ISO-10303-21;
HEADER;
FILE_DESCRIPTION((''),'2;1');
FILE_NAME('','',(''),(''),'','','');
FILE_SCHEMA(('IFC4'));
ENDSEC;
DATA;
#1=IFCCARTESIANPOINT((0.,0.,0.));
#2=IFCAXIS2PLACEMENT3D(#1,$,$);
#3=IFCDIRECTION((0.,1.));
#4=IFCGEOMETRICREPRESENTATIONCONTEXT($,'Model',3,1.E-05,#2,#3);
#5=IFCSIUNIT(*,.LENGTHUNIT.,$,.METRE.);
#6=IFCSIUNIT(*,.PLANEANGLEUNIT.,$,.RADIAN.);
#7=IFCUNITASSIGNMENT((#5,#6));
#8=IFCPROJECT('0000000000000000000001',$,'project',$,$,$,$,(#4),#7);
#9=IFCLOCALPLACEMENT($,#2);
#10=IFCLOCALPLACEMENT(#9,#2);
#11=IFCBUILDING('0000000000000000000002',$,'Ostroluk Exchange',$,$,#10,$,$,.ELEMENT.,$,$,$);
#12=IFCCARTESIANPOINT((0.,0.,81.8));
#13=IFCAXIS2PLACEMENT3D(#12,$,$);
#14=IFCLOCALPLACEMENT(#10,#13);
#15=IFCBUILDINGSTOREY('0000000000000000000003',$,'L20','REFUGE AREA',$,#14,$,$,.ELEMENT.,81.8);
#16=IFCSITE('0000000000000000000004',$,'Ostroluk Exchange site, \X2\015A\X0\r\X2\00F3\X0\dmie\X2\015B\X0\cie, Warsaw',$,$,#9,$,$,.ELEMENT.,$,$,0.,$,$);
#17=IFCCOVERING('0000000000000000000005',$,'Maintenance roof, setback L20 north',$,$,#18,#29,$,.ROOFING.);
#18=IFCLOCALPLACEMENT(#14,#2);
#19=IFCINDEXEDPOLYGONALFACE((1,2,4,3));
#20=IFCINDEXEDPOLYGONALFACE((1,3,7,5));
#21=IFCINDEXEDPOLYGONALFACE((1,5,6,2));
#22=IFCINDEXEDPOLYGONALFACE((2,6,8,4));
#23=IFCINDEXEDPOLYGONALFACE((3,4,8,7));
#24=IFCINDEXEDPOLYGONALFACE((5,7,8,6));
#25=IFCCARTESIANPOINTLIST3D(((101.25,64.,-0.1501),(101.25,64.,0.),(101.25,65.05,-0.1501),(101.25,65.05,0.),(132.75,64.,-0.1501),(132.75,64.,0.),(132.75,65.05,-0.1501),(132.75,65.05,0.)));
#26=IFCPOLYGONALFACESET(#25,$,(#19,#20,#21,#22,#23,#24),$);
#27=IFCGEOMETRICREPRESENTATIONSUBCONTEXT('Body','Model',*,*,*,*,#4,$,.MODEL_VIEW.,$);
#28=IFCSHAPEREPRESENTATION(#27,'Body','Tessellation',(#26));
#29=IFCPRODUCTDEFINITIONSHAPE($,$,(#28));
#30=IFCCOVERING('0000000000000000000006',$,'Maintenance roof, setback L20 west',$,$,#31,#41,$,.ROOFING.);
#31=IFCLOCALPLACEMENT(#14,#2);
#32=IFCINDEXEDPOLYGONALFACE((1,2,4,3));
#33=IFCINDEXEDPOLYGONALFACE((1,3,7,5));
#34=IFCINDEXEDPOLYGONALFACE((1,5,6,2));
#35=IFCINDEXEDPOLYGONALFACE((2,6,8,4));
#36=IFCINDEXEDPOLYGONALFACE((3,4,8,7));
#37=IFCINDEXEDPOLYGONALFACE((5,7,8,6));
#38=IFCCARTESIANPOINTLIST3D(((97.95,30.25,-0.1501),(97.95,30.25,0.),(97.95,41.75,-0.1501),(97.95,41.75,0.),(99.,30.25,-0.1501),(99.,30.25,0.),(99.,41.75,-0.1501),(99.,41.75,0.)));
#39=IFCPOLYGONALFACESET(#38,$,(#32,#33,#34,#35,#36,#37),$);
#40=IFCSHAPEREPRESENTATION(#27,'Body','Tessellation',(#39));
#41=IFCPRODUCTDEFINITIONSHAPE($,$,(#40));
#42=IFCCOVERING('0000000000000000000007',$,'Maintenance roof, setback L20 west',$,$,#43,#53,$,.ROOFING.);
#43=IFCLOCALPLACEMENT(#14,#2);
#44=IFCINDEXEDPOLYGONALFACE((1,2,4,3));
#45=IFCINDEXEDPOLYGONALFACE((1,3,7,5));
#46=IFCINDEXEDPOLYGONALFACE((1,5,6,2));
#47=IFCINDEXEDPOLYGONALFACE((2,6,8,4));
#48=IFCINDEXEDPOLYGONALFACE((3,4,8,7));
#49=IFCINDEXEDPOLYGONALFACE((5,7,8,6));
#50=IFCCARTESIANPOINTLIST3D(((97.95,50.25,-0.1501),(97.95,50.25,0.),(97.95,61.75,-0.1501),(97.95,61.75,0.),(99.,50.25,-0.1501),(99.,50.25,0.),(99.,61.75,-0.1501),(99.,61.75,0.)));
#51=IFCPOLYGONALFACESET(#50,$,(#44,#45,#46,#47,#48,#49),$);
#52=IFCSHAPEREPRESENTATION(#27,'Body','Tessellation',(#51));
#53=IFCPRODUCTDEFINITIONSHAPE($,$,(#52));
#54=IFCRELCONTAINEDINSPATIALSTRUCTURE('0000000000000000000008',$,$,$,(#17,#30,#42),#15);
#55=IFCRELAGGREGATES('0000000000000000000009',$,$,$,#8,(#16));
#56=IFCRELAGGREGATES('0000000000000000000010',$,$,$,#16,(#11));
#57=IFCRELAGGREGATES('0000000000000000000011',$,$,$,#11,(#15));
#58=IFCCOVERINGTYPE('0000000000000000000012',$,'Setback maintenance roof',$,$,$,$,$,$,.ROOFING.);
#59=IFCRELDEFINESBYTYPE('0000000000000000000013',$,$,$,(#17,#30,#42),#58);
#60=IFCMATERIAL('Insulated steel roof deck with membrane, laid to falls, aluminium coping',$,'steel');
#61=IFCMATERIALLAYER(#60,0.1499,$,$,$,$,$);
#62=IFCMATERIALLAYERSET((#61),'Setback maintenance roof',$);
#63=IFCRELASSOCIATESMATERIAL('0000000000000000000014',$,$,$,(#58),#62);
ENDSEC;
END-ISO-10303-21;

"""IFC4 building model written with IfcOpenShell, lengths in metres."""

from ifc_helpers import new_model, si_unit, direction, frame, origin, place, context, subcontext, project, spatial, polyline, outline, extrude, material, layer, layer_set, type_object, element, save


model = new_model("IFC4")

# Units and contexts
model_context = context("Model", 3, precision=1e-05, world=origin(), true_north=direction((0.0, 1.0)))
body_context = subcontext(model_context, "Body", "Model", "MODEL_VIEW")
ifc_project = project(units=[si_unit("LENGTHUNIT", "METRE"), si_unit("PLANEANGLEUNIT", "RADIAN")], contexts=[model_context])

# Site, building, storey
site_placement = place(None, origin())
site = spatial("IfcSite", under=ifc_project, at=site_placement, Name="Ostroluk Exchange site, Śródmieście, Warsaw", CompositionType="ELEMENT", RefElevation=0.0)
building_placement = place(site_placement, origin())
building = spatial("IfcBuilding", under=site, at=building_placement, Name="Ostroluk Exchange", CompositionType="ELEMENT")
storey_placement = place(building_placement, frame((0.0, 0.0, 81.8)))
storey = spatial("IfcBuildingStorey", under=building, at=storey_placement, Name="L20", Description="REFUGE AREA", CompositionType="ELEMENT", Elevation=81.8)

# Coverings
ifc_material_1 = material(Name="Insulated steel roof deck with membrane, laid to falls, aluminium coping", Category="steel")
ifc_layer_1 = layer(ifc_material_1, 0.1499)
ifc_layer_set_1 = layer_set([ifc_layer_1], Name="Setback maintenance roof")
covering_type = type_object("IfcCoveringType", Name="Setback maintenance roof", PredefinedType="ROOFING", material=ifc_layer_set_1)
covering_1_placement = place(storey_placement, frame((0.0, 0.0, -0.1501)))
element("IfcCovering", 1, at=covering_1_placement, inside=storey, type_object=covering_type, Name="Maintenance roof, setback L20 north", PredefinedType="ROOFING", context=body_context, shape_type="SweptSolid", body=[
    extrude(outline(polyline([(101.25, 65.05), (132.75, 65.05), (132.75, 64.0), (101.25, 64.0), (101.25, 65.05)])), origin(), (0.0, 0.0, 1.0), 0.1501),
])
covering_2_placement = place(storey_placement, frame((0.0, 0.0, -0.1501)))
element("IfcCovering", 2, at=covering_2_placement, inside=storey, type_object=covering_type, Name="Maintenance roof, setback L20 west", PredefinedType="ROOFING", context=body_context, shape_type="SweptSolid", body=[
    extrude(outline(polyline([(97.95, 41.75), (99.0, 41.75), (99.0, 30.25), (97.95, 30.25), (97.95, 41.75)])), origin(), (0.0, 0.0, 1.0), 0.1501),
])
covering_3_placement = place(storey_placement, frame((0.0, 0.0, -0.1501)))
element("IfcCovering", 3, at=covering_3_placement, inside=storey, type_object=covering_type, Name="Maintenance roof, setback L20 west", PredefinedType="ROOFING", context=body_context, shape_type="SweptSolid", body=[
    extrude(outline(polyline([(97.95, 61.75), (99.0, 61.75), (99.0, 50.25), (97.95, 50.25), (97.95, 61.75)])), origin(), (0.0, 0.0, 1.0), 0.1501),
])

save(model, "model.ifc")
